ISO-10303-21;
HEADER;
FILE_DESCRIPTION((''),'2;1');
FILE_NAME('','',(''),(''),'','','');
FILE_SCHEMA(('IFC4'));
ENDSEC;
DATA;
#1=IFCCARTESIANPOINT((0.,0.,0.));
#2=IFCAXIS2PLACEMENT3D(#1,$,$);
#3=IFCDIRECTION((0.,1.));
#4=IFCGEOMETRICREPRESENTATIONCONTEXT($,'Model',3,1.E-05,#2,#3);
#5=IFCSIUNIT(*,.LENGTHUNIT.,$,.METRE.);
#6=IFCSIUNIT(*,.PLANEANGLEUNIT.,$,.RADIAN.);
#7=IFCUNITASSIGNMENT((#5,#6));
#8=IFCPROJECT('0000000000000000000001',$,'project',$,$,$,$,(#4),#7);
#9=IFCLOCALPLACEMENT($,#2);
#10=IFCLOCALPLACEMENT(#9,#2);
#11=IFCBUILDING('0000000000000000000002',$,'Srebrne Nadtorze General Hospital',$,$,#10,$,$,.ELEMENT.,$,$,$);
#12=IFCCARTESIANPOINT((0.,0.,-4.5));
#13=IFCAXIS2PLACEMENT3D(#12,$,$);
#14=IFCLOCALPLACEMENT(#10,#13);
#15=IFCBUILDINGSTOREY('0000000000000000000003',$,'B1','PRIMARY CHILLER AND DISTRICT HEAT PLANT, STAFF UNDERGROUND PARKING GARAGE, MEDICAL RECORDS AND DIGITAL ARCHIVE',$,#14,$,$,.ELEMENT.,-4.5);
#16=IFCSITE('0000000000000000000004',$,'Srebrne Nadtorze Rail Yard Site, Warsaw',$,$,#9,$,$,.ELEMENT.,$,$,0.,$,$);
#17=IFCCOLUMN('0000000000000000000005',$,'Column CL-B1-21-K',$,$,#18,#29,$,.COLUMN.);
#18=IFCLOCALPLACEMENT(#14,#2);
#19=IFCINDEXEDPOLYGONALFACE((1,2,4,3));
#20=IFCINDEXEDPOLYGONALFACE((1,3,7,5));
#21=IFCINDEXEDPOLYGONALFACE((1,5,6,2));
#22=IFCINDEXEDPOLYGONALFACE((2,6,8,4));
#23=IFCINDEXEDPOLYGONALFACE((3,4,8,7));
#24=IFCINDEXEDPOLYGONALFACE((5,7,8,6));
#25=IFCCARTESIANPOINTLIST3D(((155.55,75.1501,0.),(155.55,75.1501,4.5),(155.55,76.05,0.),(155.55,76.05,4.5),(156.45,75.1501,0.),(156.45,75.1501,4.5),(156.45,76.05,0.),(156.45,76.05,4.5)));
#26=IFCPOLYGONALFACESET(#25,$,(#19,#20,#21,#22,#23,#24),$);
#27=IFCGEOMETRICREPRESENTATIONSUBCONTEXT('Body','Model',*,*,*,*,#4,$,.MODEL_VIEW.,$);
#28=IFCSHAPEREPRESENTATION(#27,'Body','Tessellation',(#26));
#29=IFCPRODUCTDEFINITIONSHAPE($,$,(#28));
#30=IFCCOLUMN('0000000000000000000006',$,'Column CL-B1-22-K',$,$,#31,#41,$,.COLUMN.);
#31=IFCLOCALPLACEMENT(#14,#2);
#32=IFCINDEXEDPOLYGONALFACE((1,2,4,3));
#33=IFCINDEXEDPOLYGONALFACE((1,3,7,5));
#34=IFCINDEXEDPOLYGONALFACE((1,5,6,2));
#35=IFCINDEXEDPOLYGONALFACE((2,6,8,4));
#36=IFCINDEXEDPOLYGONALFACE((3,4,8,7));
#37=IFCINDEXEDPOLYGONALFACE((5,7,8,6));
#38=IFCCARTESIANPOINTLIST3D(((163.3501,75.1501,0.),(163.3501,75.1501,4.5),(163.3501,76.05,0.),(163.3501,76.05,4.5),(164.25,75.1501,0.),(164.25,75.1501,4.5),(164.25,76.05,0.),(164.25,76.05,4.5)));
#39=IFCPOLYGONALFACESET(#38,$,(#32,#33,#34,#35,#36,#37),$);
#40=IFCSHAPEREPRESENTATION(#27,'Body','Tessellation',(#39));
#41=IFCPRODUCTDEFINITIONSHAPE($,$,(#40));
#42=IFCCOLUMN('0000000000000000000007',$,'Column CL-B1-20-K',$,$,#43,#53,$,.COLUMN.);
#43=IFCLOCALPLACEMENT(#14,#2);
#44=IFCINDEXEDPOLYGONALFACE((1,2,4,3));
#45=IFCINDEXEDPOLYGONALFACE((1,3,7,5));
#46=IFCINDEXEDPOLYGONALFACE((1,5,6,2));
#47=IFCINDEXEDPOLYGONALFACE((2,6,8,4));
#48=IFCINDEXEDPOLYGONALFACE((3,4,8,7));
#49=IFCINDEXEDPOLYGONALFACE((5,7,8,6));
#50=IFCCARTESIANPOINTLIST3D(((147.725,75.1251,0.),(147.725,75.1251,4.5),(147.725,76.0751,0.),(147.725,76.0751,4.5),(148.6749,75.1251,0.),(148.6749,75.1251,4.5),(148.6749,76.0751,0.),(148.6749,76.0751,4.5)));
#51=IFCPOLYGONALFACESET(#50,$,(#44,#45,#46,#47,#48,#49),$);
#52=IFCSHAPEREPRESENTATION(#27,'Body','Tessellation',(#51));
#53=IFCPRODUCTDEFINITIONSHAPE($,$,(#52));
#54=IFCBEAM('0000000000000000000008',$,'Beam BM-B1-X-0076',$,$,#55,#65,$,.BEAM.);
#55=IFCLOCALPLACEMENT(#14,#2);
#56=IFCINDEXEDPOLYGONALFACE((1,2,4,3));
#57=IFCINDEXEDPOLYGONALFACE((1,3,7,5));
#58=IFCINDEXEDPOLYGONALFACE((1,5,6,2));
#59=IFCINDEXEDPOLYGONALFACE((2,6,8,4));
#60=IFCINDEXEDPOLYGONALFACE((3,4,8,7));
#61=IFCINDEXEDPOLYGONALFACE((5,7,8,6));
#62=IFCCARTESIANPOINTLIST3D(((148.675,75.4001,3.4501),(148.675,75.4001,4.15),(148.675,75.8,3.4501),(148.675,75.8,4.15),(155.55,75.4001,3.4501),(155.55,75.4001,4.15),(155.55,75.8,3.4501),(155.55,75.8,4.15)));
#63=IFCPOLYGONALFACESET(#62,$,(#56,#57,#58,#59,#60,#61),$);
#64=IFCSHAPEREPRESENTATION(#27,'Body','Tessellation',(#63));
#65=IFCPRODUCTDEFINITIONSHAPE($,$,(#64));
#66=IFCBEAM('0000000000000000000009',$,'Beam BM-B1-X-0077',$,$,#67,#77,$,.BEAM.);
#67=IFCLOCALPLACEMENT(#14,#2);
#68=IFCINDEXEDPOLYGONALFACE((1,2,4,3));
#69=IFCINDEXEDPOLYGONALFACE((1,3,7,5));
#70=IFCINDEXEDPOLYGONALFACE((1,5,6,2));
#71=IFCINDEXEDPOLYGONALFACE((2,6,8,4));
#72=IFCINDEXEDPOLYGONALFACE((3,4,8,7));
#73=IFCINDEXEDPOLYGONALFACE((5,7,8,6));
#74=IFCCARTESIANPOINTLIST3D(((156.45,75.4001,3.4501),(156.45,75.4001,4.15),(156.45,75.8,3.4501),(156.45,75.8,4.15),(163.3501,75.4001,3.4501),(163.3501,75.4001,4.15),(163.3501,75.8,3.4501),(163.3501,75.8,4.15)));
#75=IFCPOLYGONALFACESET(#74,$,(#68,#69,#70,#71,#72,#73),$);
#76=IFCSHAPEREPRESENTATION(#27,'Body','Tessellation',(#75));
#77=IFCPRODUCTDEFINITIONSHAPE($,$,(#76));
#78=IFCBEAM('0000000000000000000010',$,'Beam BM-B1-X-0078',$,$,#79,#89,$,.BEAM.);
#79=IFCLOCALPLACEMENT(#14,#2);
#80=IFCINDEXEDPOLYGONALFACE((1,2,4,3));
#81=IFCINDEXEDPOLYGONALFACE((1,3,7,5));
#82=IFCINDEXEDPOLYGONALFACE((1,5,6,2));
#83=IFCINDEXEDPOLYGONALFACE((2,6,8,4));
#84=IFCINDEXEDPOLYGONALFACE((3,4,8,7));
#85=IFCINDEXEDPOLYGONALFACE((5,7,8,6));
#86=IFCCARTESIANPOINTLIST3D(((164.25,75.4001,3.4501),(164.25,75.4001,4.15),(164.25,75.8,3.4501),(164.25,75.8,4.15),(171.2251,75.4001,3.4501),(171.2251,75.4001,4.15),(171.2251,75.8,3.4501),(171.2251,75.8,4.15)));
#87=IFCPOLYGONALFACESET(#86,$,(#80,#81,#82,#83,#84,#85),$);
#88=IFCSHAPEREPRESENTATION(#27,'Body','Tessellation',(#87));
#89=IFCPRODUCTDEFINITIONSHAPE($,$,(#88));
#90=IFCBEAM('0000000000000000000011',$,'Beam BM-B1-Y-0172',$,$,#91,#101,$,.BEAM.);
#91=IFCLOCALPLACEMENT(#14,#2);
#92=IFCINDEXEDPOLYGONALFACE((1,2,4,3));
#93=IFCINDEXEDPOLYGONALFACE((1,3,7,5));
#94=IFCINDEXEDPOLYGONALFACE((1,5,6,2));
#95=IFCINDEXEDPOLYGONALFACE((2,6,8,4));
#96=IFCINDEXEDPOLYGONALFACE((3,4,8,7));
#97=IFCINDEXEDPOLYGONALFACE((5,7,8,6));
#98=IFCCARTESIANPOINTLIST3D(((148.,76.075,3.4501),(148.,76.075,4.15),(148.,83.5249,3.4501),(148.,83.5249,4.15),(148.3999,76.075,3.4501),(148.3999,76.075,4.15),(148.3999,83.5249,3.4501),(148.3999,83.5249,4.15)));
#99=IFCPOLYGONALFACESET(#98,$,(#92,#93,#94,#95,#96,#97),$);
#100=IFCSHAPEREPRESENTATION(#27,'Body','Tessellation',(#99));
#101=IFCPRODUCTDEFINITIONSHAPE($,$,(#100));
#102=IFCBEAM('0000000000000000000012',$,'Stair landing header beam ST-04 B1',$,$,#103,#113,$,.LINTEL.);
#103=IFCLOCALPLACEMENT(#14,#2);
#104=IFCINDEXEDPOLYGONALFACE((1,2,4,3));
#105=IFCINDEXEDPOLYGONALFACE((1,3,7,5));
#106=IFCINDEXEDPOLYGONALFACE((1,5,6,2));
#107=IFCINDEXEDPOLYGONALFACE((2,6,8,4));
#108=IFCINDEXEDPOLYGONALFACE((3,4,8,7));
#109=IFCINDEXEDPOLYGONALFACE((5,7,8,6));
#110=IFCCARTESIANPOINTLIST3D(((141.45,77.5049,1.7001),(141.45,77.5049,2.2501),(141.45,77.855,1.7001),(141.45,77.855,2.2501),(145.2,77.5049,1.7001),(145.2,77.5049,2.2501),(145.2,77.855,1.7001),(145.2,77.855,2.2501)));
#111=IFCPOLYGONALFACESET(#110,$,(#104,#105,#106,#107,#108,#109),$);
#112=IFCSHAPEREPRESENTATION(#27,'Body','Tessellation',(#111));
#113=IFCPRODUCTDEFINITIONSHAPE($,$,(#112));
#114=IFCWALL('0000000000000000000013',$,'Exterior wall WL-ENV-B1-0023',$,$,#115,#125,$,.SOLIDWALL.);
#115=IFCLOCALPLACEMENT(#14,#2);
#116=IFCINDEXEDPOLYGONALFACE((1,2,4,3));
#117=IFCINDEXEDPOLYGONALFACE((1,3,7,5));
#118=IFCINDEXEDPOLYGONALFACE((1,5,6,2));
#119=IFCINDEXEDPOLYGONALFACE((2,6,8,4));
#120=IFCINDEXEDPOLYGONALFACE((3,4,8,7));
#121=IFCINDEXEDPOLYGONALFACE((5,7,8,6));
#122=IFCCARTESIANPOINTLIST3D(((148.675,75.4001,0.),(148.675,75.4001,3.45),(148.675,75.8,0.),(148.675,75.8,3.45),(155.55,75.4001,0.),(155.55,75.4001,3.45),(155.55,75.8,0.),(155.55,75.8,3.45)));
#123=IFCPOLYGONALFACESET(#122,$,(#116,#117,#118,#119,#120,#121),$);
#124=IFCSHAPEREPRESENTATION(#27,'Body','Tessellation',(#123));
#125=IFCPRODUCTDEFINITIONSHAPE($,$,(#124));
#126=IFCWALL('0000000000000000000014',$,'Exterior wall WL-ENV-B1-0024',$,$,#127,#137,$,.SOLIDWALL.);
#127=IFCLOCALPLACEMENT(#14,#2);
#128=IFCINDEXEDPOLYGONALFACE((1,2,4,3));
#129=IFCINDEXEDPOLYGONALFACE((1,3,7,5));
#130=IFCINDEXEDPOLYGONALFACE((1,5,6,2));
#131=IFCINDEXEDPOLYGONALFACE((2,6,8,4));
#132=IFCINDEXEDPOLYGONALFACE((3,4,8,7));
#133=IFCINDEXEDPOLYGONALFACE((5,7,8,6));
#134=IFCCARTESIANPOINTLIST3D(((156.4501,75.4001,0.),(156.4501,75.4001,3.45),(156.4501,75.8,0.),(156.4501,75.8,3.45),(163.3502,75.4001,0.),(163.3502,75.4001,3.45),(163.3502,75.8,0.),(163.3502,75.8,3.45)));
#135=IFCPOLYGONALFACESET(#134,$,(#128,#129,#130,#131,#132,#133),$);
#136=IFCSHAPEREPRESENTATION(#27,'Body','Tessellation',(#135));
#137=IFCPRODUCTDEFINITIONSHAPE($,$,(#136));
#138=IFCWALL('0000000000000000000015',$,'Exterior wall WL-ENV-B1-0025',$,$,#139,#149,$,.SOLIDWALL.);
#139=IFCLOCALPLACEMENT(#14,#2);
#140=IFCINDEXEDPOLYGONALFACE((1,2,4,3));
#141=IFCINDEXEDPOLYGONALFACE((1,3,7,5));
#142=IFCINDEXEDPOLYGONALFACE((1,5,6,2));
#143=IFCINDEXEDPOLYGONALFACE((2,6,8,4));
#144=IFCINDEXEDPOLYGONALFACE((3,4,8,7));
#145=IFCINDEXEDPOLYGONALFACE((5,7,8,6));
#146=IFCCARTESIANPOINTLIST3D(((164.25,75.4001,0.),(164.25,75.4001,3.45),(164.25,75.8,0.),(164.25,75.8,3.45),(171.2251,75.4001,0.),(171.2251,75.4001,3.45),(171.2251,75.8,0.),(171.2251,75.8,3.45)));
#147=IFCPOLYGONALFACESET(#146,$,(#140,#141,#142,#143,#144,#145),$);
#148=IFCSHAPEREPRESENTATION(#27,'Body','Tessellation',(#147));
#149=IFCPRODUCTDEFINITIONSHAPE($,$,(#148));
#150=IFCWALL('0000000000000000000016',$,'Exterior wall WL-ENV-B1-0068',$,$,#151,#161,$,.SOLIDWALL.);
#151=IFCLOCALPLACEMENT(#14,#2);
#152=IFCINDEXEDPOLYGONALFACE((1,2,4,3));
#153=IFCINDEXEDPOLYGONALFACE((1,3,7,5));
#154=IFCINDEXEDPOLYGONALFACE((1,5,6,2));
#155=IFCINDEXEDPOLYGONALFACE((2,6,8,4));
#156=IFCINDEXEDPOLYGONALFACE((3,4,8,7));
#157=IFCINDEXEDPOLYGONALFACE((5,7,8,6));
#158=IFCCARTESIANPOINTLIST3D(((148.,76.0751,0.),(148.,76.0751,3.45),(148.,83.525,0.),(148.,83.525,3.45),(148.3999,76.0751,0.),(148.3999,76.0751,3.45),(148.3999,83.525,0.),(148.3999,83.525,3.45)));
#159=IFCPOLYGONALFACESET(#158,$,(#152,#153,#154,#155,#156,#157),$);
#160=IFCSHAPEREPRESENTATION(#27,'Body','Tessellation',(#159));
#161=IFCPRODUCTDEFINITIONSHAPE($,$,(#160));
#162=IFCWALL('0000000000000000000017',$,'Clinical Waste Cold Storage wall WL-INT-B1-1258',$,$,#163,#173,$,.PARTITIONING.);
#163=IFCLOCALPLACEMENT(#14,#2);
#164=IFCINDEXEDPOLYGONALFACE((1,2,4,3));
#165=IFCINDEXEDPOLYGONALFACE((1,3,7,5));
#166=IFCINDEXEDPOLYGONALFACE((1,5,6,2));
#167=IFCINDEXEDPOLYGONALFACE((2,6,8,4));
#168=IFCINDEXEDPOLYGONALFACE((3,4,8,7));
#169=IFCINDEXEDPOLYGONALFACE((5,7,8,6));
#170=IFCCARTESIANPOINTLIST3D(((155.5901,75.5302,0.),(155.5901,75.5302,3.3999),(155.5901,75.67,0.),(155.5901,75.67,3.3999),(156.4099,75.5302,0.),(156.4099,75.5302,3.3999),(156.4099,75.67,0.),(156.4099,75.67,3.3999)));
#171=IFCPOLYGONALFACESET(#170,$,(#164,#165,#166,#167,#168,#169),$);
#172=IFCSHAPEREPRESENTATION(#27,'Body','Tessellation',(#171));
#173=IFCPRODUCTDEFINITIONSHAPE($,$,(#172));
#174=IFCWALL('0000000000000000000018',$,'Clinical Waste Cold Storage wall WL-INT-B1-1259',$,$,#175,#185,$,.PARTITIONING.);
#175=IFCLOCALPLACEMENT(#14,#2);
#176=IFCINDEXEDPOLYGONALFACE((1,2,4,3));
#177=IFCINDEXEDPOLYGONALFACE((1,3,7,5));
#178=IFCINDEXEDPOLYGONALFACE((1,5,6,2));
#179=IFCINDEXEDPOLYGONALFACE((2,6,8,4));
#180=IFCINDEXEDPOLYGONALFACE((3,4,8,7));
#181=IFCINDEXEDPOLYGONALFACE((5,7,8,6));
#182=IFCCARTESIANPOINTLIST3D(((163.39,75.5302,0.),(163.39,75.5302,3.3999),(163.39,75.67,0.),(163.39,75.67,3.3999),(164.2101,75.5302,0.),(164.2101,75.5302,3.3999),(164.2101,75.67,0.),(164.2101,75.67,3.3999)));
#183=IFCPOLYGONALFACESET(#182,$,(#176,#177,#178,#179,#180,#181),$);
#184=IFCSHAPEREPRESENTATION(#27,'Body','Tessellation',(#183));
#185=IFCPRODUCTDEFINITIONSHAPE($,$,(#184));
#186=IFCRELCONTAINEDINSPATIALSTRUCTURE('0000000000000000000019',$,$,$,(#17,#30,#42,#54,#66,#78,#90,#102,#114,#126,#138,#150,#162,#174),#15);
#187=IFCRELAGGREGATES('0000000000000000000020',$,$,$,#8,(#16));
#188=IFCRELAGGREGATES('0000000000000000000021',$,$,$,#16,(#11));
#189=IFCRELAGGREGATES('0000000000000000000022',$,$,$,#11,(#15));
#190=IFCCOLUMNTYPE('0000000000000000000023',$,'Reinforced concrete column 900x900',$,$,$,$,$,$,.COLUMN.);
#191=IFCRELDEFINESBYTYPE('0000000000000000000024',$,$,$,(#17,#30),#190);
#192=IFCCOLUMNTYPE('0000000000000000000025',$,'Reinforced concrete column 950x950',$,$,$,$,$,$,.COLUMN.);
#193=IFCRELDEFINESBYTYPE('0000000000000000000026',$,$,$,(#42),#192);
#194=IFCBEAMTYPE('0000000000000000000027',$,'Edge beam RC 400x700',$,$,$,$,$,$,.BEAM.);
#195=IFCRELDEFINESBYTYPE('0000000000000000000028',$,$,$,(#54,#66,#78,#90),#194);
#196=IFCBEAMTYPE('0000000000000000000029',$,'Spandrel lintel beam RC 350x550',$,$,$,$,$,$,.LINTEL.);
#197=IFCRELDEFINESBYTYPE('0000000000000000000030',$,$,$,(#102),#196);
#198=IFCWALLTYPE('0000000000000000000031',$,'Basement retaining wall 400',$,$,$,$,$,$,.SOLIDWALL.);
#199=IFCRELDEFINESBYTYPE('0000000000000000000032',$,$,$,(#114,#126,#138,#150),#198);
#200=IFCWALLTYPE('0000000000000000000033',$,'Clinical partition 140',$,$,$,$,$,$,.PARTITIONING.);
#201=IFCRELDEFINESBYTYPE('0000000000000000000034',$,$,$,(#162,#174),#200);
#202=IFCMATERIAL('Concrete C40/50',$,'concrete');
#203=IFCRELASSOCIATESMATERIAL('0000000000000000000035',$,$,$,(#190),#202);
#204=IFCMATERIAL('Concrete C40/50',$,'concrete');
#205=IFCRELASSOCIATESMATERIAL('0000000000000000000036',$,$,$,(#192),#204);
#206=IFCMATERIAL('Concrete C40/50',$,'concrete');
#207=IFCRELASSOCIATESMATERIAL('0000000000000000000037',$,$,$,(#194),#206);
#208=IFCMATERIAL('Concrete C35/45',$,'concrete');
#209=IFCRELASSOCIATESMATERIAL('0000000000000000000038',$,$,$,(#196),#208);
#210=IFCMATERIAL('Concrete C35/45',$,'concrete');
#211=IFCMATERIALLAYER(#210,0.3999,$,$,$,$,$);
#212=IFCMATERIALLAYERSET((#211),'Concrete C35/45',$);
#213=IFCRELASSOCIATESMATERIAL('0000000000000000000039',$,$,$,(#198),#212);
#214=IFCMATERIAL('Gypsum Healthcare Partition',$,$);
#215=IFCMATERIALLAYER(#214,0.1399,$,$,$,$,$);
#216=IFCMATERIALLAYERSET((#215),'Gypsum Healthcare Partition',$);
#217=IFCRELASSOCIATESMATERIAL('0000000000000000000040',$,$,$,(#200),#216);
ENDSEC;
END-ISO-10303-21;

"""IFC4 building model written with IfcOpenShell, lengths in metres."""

from ifc_helpers import new_model, si_unit, direction, frame, frame_2d, origin, origin_2d, place, context, subcontext, project, spatial, rectangle, extrude, material, layer, layer_set, material_profile, profile_set, type_object, element, save


model = new_model("IFC4")

# Units and contexts
model_context = context("Model", 3, precision=1e-05, world=origin(), true_north=direction((0.0, 1.0)))
body_context = subcontext(model_context, "Body", "Model", "MODEL_VIEW")
ifc_project = project(units=[si_unit("LENGTHUNIT", "METRE"), si_unit("PLANEANGLEUNIT", "RADIAN")], contexts=[model_context])

# Site, building, storey
site_placement = place(None, origin())
site = spatial("IfcSite", under=ifc_project, at=site_placement, Name="Srebrne Nadtorze Rail Yard Site, Warsaw", CompositionType="ELEMENT", RefElevation=0.0)
building_placement = place(site_placement, origin())
building = spatial("IfcBuilding", under=site, at=building_placement, Name="Srebrne Nadtorze General Hospital", CompositionType="ELEMENT")
storey_placement = place(building_placement, frame((0.0, 0.0, -4.5)))
storey = spatial("IfcBuildingStorey", under=building, at=storey_placement, Name="B1", Description="PRIMARY CHILLER AND DISTRICT HEAT PLANT, STAFF UNDERGROUND PARKING GARAGE, MEDICAL RECORDS AND DIGITAL ARCHIVE", CompositionType="ELEMENT", Elevation=-4.5)

# Columns
ifc_material_1 = material(Name="Concrete C40/50", Category="concrete")
ifc_material_profile_1 = material_profile(ifc_material_1, rectangle(XDim=0.8999, YDim=0.8999, at=origin_2d()), Name="RC-COL-900x900")
ifc_profile_set_1 = profile_set([ifc_material_profile_1], Name="Concrete C40/50")
column_type_1 = type_object("IfcColumnType", Name="Reinforced concrete column 900x900", PredefinedType="COLUMN", material=ifc_profile_set_1)
for number, where, z_axis, x_axis, name in (
    (1, (156.0, 75.6001, 0.0), (0.0, 0.0, 1.0), (1.0, 0.0, 0.0), "Column CL-B1-21-K"),
    (2, (163.8, 75.6001, 0.0), (0.0, 0.0, 1.0), (1.0, 0.0, 0.0), "Column CL-B1-22-K"),
):
    element("IfcColumn", number, at=place(storey_placement, frame(where, z_axis=z_axis, x_axis=x_axis)), inside=storey, type_object=column_type_1, Name=name, PredefinedType="COLUMN", context=body_context, shape_type="SweptSolid", body=[
        extrude(rectangle(XDim=0.8999, YDim=0.8999, at=origin_2d()), origin(), (0.0, 0.0, 1.0), 4.5),
    ])
ifc_material_2 = material(Name="Concrete C40/50", Category="concrete")
ifc_material_profile_2 = material_profile(ifc_material_2, rectangle(XDim=0.95, YDim=0.95, at=origin_2d()), Name="RC-COL-950x950")
ifc_profile_set_2 = profile_set([ifc_material_profile_2], Name="Concrete C40/50")
column_type_2 = type_object("IfcColumnType", Name="Reinforced concrete column 950x950", PredefinedType="COLUMN", material=ifc_profile_set_2)
column_1_placement = place(storey_placement, frame((148.2, 75.6001, 0.0), z_axis=(0.0, 0.0, 1.0), x_axis=(1.0, 0.0, 0.0)))
element("IfcColumn", 3, at=column_1_placement, inside=storey, type_object=column_type_2, Name="Column CL-B1-20-K", PredefinedType="COLUMN", context=body_context, shape_type="SweptSolid", body=[
    extrude(rectangle(XDim=0.95, YDim=0.95, at=origin_2d()), origin(), (0.0, 0.0, 1.0), 4.5),
])

# Beams
ifc_material_3 = material(Name="Concrete C40/50", Category="concrete")
ifc_material_profile_3 = material_profile(ifc_material_3, rectangle(XDim=0.3999, YDim=0.7, at=origin_2d()), Name="RC-BM-400x700")
ifc_profile_set_3 = profile_set([ifc_material_profile_3], Name="Concrete C40/50")
beam_type_1 = type_object("IfcBeamType", Name="Edge beam RC 400x700", PredefinedType="BEAM", material=ifc_profile_set_3)
beam_1_placement = place(storey_placement, frame((148.675, 75.6001, 3.8), z_axis=(1.0, 0.0, 0.0), x_axis=(0.0, 1.0, 0.0)))
element("IfcBeam", 4, at=beam_1_placement, inside=storey, type_object=beam_type_1, Name="Beam BM-B1-X-0076", PredefinedType="BEAM", context=body_context, shape_type="SweptSolid", body=[
    extrude(rectangle(XDim=0.3999, YDim=0.7, at=origin_2d()), origin(), (0.0, 0.0, 1.0), 6.875),
])
beam_2_placement = place(storey_placement, frame((156.45, 75.6001, 3.8), z_axis=(1.0, 0.0, 0.0), x_axis=(0.0, 1.0, 0.0)))
element("IfcBeam", 5, at=beam_2_placement, inside=storey, type_object=beam_type_1, Name="Beam BM-B1-X-0077", PredefinedType="BEAM", context=body_context, shape_type="SweptSolid", body=[
    extrude(rectangle(XDim=0.3999, YDim=0.7, at=origin_2d()), origin(), (0.0, 0.0, 1.0), 6.9001),
])
beam_3_placement = place(storey_placement, frame((164.25, 75.6001, 3.8), z_axis=(1.0, 0.0, 0.0), x_axis=(0.0, 1.0, 0.0)))
element("IfcBeam", 6, at=beam_3_placement, inside=storey, type_object=beam_type_1, Name="Beam BM-B1-X-0078", PredefinedType="BEAM", context=body_context, shape_type="SweptSolid", body=[
    extrude(rectangle(XDim=0.3999, YDim=0.7, at=origin_2d()), origin(), (0.0, 0.0, 1.0), 6.9751),
])
beam_4_placement = place(storey_placement, frame((148.2, 76.075, 3.8), z_axis=(0.0, 1.0, 0.0), x_axis=(-1.0, 0.0, 0.0)))
element("IfcBeam", 7, at=beam_4_placement, inside=storey, type_object=beam_type_1, Name="Beam BM-B1-Y-0172", PredefinedType="BEAM", context=body_context, shape_type="SweptSolid", body=[
    extrude(rectangle(XDim=0.3999, YDim=0.7, at=origin_2d()), origin(), (0.0, 0.0, 1.0), 7.45),
])
ifc_material_4 = material(Name="Concrete C35/45", Category="concrete")
ifc_material_profile_4 = material_profile(ifc_material_4, rectangle(XDim=0.3501, YDim=0.55, at=origin_2d()), Name="RC-BM-350x550")
ifc_profile_set_4 = profile_set([ifc_material_profile_4], Name="Concrete C35/45")
beam_type_2 = type_object("IfcBeamType", Name="Spandrel lintel beam RC 350x550", PredefinedType="LINTEL", material=ifc_profile_set_4)
beam_5_placement = place(storey_placement, frame((141.45, 77.6799, 1.9751), z_axis=(1.0, 0.0, 0.0), x_axis=(0.0, 1.0, 0.0)))
element("IfcBeam", 8, at=beam_5_placement, inside=storey, type_object=beam_type_2, Name="Stair landing header beam ST-04 B1", PredefinedType="LINTEL", context=body_context, shape_type="SweptSolid", body=[
    extrude(rectangle(XDim=0.3501, YDim=0.55, at=origin_2d()), origin(), (0.0, 0.0, 1.0), 3.75),
])

# Walls
ifc_material_5 = material(Name="Concrete C35/45", Category="concrete")
ifc_layer_1 = layer(ifc_material_5, 0.3999)
ifc_layer_set_1 = layer_set([ifc_layer_1], Name="Concrete C35/45")
wall_type_1 = type_object("IfcWallType", Name="Basement retaining wall 400", PredefinedType="SOLIDWALL", material=ifc_layer_set_1)
wall_1_placement = place(storey_placement, frame((148.675, 75.6001, 0.0), z_axis=(0.0, 0.0, 1.0), x_axis=(1.0, 0.0, 0.0)))
element("IfcWall", 9, at=wall_1_placement, inside=storey, type_object=wall_type_1, Name="Exterior wall WL-ENV-B1-0023", PredefinedType="SOLIDWALL", context=body_context, shape_type="SweptSolid", body=[
    extrude(rectangle(XDim=6.875, YDim=0.3999, at=frame_2d((3.4375, 0.0))), origin(), (0.0, 0.0, 1.0), 3.45),
])
wall_2_placement = place(storey_placement, frame((156.45, 75.6001, 0.0), z_axis=(0.0, 0.0, 1.0), x_axis=(1.0, 0.0, 0.0)))
element("IfcWall", 10, at=wall_2_placement, inside=storey, type_object=wall_type_1, Name="Exterior wall WL-ENV-B1-0024", PredefinedType="SOLIDWALL", context=body_context, shape_type="SweptSolid", body=[
    extrude(rectangle(XDim=6.9001, YDim=0.3999, at=frame_2d((3.4502, 0.0))), origin(), (0.0, 0.0, 1.0), 3.45),
])
wall_3_placement = place(storey_placement, frame((164.25, 75.6001, 0.0), z_axis=(0.0, 0.0, 1.0), x_axis=(1.0, 0.0, 0.0)))
element("IfcWall", 11, at=wall_3_placement, inside=storey, type_object=wall_type_1, Name="Exterior wall WL-ENV-B1-0025", PredefinedType="SOLIDWALL", context=body_context, shape_type="SweptSolid", body=[
    extrude(rectangle(XDim=6.9751, YDim=0.3999, at=frame_2d((3.4875, 0.0))), origin(), (0.0, 0.0, 1.0), 3.45),
])
wall_4_placement = place(storey_placement, frame((148.2, 76.075, 0.0), z_axis=(0.0, 0.0, 1.0), x_axis=(0.0, 1.0, 0.0)))
element("IfcWall", 12, at=wall_4_placement, inside=storey, type_object=wall_type_1, Name="Exterior wall WL-ENV-B1-0068", PredefinedType="SOLIDWALL", context=body_context, shape_type="SweptSolid", body=[
    extrude(rectangle(XDim=7.45, YDim=0.3999, at=frame_2d((3.7251, 0.0))), origin(), (0.0, 0.0, 1.0), 3.45),
])
ifc_material_6 = material(Name="Gypsum Healthcare Partition")
ifc_layer_2 = layer(ifc_material_6, 0.1399)
ifc_layer_set_2 = layer_set([ifc_layer_2], Name="Gypsum Healthcare Partition")
wall_type_2 = type_object("IfcWallType", Name="Clinical partition 140", PredefinedType="PARTITIONING", material=ifc_layer_set_2)
wall_5_placement = place(storey_placement, frame((155.5901, 75.6001, 0.0), z_axis=(0.0, 0.0, 1.0), x_axis=(1.0, 0.0, 0.0)))
element("IfcWall", 13, at=wall_5_placement, inside=storey, type_object=wall_type_2, Name="Clinical Waste Cold Storage wall WL-INT-B1-1258", PredefinedType="PARTITIONING", context=body_context, shape_type="SweptSolid", body=[
    extrude(rectangle(XDim=0.8198, YDim=0.1399, at=frame_2d((0.4099, 0.0))), origin(), (0.0, 0.0, 1.0), 3.3999),
])
wall_6_placement = place(storey_placement, frame((163.3899, 75.6001, 0.0), z_axis=(0.0, 0.0, 1.0), x_axis=(1.0, 0.0, 0.0)))
element("IfcWall", 14, at=wall_6_placement, inside=storey, type_object=wall_type_2, Name="Clinical Waste Cold Storage wall WL-INT-B1-1259", PredefinedType="PARTITIONING", context=body_context, shape_type="SweptSolid", body=[
    extrude(rectangle(XDim=0.8201, YDim=0.1399, at=frame_2d((0.4102, 0.0))), origin(), (0.0, 0.0, 1.0), 3.3999),
])

save(model, "model.ifc")
